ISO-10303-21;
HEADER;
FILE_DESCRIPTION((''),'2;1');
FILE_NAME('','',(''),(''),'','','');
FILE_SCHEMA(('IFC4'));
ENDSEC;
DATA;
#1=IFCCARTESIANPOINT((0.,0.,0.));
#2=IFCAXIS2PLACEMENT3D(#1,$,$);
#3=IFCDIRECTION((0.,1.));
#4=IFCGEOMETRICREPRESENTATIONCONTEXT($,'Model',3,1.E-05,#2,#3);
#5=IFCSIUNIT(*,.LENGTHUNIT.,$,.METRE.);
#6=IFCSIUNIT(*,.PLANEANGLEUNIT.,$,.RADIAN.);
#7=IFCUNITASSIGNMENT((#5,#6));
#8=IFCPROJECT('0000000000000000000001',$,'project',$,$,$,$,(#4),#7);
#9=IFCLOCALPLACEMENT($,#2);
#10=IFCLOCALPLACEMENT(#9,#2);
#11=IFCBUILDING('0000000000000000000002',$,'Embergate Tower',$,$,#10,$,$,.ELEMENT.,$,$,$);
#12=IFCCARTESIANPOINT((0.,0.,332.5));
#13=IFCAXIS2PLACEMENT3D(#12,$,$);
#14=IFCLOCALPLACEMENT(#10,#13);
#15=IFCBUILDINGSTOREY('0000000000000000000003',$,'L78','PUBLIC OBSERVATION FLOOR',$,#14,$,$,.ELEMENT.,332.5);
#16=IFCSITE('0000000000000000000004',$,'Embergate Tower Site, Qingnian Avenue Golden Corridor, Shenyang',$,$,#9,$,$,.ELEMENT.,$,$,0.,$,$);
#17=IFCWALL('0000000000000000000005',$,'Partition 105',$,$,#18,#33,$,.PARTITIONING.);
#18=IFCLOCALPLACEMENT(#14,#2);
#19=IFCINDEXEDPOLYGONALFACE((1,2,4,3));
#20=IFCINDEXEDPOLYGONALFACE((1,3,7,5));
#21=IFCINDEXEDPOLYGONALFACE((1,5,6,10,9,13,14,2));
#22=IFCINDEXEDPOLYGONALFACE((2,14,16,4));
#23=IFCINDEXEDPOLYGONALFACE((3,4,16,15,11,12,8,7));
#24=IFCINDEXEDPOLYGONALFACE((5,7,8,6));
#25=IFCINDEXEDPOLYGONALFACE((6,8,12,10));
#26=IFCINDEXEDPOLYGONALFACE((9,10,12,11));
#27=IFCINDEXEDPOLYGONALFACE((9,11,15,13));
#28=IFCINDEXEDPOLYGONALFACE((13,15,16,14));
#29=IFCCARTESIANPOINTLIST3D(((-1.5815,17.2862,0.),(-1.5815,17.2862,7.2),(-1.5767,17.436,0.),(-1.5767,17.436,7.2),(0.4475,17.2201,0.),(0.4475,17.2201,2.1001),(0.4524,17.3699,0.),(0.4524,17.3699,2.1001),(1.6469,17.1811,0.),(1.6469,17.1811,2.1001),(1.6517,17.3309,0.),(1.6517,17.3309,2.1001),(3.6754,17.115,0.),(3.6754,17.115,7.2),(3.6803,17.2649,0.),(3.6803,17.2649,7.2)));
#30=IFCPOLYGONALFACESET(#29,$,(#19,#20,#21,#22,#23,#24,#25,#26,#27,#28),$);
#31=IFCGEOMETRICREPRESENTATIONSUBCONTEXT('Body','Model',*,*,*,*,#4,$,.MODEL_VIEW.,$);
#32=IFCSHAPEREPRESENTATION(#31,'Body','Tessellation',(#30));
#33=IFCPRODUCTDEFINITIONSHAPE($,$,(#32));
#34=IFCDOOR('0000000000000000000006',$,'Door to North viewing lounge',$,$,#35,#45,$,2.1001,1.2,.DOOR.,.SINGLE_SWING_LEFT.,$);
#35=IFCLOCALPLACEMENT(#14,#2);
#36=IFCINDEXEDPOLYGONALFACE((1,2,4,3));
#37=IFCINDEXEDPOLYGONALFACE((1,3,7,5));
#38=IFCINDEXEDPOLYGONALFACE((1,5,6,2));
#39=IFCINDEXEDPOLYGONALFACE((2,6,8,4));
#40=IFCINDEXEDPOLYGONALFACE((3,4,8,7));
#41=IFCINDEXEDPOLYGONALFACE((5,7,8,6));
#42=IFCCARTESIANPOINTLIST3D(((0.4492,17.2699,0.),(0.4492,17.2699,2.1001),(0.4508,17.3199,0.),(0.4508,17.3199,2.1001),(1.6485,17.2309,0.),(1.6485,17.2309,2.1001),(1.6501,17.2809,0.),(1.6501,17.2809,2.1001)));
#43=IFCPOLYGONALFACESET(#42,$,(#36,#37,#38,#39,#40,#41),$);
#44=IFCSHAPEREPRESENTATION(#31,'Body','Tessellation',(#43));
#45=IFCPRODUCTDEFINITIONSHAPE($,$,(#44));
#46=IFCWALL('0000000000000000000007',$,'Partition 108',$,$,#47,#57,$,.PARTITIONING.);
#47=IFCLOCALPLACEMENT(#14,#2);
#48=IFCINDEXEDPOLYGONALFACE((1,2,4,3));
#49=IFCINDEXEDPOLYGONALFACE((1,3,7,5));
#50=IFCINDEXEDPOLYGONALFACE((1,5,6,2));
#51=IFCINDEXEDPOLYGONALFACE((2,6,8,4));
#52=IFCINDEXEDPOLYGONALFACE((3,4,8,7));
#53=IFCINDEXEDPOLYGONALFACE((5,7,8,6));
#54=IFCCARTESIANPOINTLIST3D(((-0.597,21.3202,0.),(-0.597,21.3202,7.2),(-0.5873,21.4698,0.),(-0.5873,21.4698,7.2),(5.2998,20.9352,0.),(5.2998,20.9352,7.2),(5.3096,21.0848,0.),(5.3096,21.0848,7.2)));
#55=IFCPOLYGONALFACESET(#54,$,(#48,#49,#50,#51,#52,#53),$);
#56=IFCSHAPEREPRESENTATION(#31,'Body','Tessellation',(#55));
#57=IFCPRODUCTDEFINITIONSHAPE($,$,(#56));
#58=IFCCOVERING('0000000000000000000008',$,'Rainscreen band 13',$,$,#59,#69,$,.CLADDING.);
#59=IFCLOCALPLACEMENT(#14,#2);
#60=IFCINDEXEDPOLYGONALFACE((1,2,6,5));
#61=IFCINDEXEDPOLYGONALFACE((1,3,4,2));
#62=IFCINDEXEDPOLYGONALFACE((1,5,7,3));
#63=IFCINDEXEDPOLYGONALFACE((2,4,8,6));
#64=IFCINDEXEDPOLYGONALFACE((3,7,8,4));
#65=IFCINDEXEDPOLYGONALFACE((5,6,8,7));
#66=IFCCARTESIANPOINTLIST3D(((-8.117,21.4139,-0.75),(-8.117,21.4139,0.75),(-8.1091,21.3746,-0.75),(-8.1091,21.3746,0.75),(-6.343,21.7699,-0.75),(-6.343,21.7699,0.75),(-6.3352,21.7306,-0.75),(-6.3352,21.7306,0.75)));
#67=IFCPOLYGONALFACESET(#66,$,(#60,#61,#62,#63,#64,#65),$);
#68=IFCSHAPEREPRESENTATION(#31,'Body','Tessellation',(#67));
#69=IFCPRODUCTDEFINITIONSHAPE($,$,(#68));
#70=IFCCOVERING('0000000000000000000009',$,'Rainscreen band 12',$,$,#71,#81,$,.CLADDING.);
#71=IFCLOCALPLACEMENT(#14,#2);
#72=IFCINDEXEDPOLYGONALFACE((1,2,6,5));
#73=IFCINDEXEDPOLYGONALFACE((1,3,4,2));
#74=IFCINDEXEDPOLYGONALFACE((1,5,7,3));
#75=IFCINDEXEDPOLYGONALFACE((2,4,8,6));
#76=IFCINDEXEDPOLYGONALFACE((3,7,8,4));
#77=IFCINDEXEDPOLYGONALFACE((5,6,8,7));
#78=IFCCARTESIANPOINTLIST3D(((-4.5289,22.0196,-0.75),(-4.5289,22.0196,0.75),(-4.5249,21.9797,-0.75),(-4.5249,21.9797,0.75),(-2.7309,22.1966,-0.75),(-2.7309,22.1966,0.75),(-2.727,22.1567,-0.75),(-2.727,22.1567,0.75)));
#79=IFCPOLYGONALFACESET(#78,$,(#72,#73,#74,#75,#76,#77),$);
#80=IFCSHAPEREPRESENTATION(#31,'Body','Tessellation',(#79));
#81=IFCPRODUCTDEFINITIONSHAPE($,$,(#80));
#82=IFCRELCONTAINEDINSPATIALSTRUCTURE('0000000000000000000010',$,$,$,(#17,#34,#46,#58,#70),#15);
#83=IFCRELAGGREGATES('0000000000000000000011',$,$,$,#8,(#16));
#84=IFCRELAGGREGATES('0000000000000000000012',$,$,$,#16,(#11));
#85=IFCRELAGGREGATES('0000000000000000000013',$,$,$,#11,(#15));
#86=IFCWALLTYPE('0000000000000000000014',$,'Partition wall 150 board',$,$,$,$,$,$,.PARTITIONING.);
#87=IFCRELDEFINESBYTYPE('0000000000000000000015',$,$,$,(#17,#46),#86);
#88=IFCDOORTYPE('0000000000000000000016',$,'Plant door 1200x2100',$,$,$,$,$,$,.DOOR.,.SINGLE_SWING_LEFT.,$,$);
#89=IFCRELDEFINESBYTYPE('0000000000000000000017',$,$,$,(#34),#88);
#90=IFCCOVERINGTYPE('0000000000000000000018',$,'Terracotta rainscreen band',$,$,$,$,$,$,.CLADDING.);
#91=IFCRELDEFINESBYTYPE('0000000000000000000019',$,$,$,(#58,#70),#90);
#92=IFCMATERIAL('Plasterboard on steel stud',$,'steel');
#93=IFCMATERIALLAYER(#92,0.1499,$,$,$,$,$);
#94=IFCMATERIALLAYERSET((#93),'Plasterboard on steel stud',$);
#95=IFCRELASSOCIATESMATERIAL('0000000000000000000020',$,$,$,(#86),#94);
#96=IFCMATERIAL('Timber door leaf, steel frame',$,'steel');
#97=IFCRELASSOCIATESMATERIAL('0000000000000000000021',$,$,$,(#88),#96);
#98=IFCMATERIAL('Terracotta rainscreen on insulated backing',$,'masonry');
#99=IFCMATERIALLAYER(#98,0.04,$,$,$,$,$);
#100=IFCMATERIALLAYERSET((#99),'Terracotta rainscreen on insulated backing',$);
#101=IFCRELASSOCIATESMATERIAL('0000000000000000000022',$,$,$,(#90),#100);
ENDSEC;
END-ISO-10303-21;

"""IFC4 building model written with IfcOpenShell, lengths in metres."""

from ifc_helpers import new_model, si_unit, direction, frame, frame_2d, origin, origin_2d, place, context, subcontext, project, spatial, rectangle, extrude, source, transform, mapped, material, layer, layer_set, type_object, element, fill, save


model = new_model("IFC4")

# Units and contexts
model_context = context("Model", 3, precision=1e-05, world=origin(), true_north=direction((0.0, 1.0)))
body_context = subcontext(model_context, "Body", "Model", "MODEL_VIEW")
ifc_project = project(units=[si_unit("LENGTHUNIT", "METRE"), si_unit("PLANEANGLEUNIT", "RADIAN")], contexts=[model_context])

# Site, building, storey
site_placement = place(None, origin())
site = spatial("IfcSite", under=ifc_project, at=site_placement, Name="Embergate Tower Site, Qingnian Avenue Golden Corridor, Shenyang", CompositionType="ELEMENT", RefElevation=0.0)
building_placement = place(site_placement, origin())
building = spatial("IfcBuilding", under=site, at=building_placement, Name="Embergate Tower", CompositionType="ELEMENT")
storey_placement = place(building_placement, frame((0.0, 0.0, 332.5)))
storey = spatial("IfcBuildingStorey", under=building, at=storey_placement, Name="L78", Description="PUBLIC OBSERVATION FLOOR", CompositionType="ELEMENT", Elevation=332.5)

# Shared definitions
ifc_material_1 = material(Name="Plasterboard on steel stud", Category="steel")
ifc_layer_1 = layer(ifc_material_1, 0.1499)
ifc_layer_set_1 = layer_set([ifc_layer_1], Name="Plasterboard on steel stud")
wall_type = type_object("IfcWallType", Name="Partition wall 150 board", PredefinedType="PARTITIONING", material=ifc_layer_set_1)

# Wall, opening, door
shared_shape_1 = source(origin(), body_context, "Body", "SweptSolid", [
    extrude(rectangle(XDim=5.2598, YDim=0.1499, at=frame_2d((2.6299, 0.0))), origin(), (0.0, 0.0, 1.0), 7.2),
])
wall_1_placement = place(storey_placement, frame((-1.5791, 17.3611, 0.0), z_axis=(0.0, 0.0, 1.0), x_axis=(0.999471, -0.032537, 0.0)))
wall_1 = element("IfcWall", 1, at=wall_1_placement, inside=storey, type_object=wall_type, Name="Partition 105", PredefinedType="PARTITIONING", context=body_context, shape_type="MappedRepresentation", body=[
    mapped(shared_shape_1, transform((0.0, 0.0, 0.0))),
])
shared_shape_2 = source(origin(), body_context, "Body", "SweptSolid", [
    extrude(rectangle(XDim=1.2, YDim=2.1001, at=frame_2d((0.6001, 1.05))), frame((0.0, 0.085, 0.0), z_axis=(0.0, -1.0, 0.0), x_axis=(1.0, 0.0, 0.0)), (0.0, 0.0, 1.0), 0.1699),
])
opening_placement = place(wall_1_placement, frame((2.03, 0.0, 0.0)))
opening = element("IfcOpeningElement", 2, at=opening_placement, cuts=wall_1, PredefinedType="OPENING", context=body_context, shape_type="MappedRepresentation", body=[
    mapped(shared_shape_2, transform((0.0, 0.0, 0.0))),
])
ifc_material_2 = material(Name="Timber door leaf, steel frame", Category="steel")
door_type = type_object("IfcDoorType", Name="Plant door 1200x2100", OperationType="SINGLE_SWING_LEFT", PredefinedType="DOOR", material=ifc_material_2)
shared_shape_3 = source(origin(), body_context, "Body", "SweptSolid", [
    extrude(rectangle(XDim=1.2, YDim=2.1001, at=frame_2d((0.6001, 1.05))), frame((0.0, 0.0249, 0.0), z_axis=(0.0, -1.0, 0.0), x_axis=(1.0, 0.0, 0.0)), (0.0, 0.0, 1.0), 0.05),
])
door_placement = place(opening_placement, origin())
door = element("IfcDoor", 3, at=door_placement, inside=storey, type_object=door_type, Name="Door to North viewing lounge", OperationType="SINGLE_SWING_LEFT", OverallHeight=2.1001, OverallWidth=1.2, PredefinedType="DOOR", context=body_context, shape_type="MappedRepresentation", body=[
    mapped(shared_shape_3, transform((0.0, 0.0, 0.0))),
])
fill(opening, door)

# Wall
shared_shape_4 = source(origin(), body_context, "Body", "SweptSolid", [
    extrude(rectangle(XDim=5.9094, YDim=0.1499, at=frame_2d((2.9546, 0.0))), origin(), (0.0, 0.0, 1.0), 7.2),
])
wall_2_placement = place(storey_placement, frame((-0.592, 21.395, 0.0), z_axis=(0.0, 0.0, 1.0), x_axis=(0.997875, -0.065151, 0.0)))
element("IfcWall", 4, at=wall_2_placement, inside=storey, type_object=wall_type, Name="Partition 108", PredefinedType="PARTITIONING", context=body_context, shape_type="MappedRepresentation", body=[
    mapped(shared_shape_4, transform((0.0, 0.0, 0.0))),
])

# Coverings
ifc_material_3 = material(Name="Terracotta rainscreen on insulated backing", Category="masonry")
ifc_layer_2 = layer(ifc_material_3, 0.04)
ifc_layer_set_2 = layer_set([ifc_layer_2], Name="Terracotta rainscreen on insulated backing")
covering_type = type_object("IfcCoveringType", Name="Terracotta rainscreen band", PredefinedType="CLADDING", material=ifc_layer_set_2)
shared_shape_5 = source(origin(), body_context, "Body", "SweptSolid", [
    extrude(rectangle(XDim=1.8093, YDim=0.04, at=origin_2d()), origin(), (0.0, 0.0, 1.0), 1.5),
])
covering_1_placement = place(storey_placement, frame((-7.2261, 21.5723, -0.75), z_axis=(0.0, 0.0, 1.0), x_axis=(-0.980453, -0.196754, 0.0)))
element("IfcCovering", 5, at=covering_1_placement, inside=storey, type_object=covering_type, Name="Rainscreen band 13", PredefinedType="CLADDING", context=body_context, shape_type="MappedRepresentation", body=[
    mapped(shared_shape_5, transform((0.0, 0.0, 0.0))),
])
shared_shape_6 = source(origin(), body_context, "Body", "SweptSolid", [
    extrude(rectangle(XDim=1.8066, YDim=0.04, at=origin_2d()), origin(), (0.0, 0.0, 1.0), 1.5),
])
covering_2_placement = place(storey_placement, frame((-3.6279, 22.0881, -0.75), z_axis=(0.0, 0.0, 1.0), x_axis=(-0.99519, -0.097969, 0.0)))
element("IfcCovering", 6, at=covering_2_placement, inside=storey, type_object=covering_type, Name="Rainscreen band 12", PredefinedType="CLADDING", context=body_context, shape_type="MappedRepresentation", body=[
    mapped(shared_shape_6, transform((0.0, 0.0, 0.0))),
])

save(model, "model.ifc")
